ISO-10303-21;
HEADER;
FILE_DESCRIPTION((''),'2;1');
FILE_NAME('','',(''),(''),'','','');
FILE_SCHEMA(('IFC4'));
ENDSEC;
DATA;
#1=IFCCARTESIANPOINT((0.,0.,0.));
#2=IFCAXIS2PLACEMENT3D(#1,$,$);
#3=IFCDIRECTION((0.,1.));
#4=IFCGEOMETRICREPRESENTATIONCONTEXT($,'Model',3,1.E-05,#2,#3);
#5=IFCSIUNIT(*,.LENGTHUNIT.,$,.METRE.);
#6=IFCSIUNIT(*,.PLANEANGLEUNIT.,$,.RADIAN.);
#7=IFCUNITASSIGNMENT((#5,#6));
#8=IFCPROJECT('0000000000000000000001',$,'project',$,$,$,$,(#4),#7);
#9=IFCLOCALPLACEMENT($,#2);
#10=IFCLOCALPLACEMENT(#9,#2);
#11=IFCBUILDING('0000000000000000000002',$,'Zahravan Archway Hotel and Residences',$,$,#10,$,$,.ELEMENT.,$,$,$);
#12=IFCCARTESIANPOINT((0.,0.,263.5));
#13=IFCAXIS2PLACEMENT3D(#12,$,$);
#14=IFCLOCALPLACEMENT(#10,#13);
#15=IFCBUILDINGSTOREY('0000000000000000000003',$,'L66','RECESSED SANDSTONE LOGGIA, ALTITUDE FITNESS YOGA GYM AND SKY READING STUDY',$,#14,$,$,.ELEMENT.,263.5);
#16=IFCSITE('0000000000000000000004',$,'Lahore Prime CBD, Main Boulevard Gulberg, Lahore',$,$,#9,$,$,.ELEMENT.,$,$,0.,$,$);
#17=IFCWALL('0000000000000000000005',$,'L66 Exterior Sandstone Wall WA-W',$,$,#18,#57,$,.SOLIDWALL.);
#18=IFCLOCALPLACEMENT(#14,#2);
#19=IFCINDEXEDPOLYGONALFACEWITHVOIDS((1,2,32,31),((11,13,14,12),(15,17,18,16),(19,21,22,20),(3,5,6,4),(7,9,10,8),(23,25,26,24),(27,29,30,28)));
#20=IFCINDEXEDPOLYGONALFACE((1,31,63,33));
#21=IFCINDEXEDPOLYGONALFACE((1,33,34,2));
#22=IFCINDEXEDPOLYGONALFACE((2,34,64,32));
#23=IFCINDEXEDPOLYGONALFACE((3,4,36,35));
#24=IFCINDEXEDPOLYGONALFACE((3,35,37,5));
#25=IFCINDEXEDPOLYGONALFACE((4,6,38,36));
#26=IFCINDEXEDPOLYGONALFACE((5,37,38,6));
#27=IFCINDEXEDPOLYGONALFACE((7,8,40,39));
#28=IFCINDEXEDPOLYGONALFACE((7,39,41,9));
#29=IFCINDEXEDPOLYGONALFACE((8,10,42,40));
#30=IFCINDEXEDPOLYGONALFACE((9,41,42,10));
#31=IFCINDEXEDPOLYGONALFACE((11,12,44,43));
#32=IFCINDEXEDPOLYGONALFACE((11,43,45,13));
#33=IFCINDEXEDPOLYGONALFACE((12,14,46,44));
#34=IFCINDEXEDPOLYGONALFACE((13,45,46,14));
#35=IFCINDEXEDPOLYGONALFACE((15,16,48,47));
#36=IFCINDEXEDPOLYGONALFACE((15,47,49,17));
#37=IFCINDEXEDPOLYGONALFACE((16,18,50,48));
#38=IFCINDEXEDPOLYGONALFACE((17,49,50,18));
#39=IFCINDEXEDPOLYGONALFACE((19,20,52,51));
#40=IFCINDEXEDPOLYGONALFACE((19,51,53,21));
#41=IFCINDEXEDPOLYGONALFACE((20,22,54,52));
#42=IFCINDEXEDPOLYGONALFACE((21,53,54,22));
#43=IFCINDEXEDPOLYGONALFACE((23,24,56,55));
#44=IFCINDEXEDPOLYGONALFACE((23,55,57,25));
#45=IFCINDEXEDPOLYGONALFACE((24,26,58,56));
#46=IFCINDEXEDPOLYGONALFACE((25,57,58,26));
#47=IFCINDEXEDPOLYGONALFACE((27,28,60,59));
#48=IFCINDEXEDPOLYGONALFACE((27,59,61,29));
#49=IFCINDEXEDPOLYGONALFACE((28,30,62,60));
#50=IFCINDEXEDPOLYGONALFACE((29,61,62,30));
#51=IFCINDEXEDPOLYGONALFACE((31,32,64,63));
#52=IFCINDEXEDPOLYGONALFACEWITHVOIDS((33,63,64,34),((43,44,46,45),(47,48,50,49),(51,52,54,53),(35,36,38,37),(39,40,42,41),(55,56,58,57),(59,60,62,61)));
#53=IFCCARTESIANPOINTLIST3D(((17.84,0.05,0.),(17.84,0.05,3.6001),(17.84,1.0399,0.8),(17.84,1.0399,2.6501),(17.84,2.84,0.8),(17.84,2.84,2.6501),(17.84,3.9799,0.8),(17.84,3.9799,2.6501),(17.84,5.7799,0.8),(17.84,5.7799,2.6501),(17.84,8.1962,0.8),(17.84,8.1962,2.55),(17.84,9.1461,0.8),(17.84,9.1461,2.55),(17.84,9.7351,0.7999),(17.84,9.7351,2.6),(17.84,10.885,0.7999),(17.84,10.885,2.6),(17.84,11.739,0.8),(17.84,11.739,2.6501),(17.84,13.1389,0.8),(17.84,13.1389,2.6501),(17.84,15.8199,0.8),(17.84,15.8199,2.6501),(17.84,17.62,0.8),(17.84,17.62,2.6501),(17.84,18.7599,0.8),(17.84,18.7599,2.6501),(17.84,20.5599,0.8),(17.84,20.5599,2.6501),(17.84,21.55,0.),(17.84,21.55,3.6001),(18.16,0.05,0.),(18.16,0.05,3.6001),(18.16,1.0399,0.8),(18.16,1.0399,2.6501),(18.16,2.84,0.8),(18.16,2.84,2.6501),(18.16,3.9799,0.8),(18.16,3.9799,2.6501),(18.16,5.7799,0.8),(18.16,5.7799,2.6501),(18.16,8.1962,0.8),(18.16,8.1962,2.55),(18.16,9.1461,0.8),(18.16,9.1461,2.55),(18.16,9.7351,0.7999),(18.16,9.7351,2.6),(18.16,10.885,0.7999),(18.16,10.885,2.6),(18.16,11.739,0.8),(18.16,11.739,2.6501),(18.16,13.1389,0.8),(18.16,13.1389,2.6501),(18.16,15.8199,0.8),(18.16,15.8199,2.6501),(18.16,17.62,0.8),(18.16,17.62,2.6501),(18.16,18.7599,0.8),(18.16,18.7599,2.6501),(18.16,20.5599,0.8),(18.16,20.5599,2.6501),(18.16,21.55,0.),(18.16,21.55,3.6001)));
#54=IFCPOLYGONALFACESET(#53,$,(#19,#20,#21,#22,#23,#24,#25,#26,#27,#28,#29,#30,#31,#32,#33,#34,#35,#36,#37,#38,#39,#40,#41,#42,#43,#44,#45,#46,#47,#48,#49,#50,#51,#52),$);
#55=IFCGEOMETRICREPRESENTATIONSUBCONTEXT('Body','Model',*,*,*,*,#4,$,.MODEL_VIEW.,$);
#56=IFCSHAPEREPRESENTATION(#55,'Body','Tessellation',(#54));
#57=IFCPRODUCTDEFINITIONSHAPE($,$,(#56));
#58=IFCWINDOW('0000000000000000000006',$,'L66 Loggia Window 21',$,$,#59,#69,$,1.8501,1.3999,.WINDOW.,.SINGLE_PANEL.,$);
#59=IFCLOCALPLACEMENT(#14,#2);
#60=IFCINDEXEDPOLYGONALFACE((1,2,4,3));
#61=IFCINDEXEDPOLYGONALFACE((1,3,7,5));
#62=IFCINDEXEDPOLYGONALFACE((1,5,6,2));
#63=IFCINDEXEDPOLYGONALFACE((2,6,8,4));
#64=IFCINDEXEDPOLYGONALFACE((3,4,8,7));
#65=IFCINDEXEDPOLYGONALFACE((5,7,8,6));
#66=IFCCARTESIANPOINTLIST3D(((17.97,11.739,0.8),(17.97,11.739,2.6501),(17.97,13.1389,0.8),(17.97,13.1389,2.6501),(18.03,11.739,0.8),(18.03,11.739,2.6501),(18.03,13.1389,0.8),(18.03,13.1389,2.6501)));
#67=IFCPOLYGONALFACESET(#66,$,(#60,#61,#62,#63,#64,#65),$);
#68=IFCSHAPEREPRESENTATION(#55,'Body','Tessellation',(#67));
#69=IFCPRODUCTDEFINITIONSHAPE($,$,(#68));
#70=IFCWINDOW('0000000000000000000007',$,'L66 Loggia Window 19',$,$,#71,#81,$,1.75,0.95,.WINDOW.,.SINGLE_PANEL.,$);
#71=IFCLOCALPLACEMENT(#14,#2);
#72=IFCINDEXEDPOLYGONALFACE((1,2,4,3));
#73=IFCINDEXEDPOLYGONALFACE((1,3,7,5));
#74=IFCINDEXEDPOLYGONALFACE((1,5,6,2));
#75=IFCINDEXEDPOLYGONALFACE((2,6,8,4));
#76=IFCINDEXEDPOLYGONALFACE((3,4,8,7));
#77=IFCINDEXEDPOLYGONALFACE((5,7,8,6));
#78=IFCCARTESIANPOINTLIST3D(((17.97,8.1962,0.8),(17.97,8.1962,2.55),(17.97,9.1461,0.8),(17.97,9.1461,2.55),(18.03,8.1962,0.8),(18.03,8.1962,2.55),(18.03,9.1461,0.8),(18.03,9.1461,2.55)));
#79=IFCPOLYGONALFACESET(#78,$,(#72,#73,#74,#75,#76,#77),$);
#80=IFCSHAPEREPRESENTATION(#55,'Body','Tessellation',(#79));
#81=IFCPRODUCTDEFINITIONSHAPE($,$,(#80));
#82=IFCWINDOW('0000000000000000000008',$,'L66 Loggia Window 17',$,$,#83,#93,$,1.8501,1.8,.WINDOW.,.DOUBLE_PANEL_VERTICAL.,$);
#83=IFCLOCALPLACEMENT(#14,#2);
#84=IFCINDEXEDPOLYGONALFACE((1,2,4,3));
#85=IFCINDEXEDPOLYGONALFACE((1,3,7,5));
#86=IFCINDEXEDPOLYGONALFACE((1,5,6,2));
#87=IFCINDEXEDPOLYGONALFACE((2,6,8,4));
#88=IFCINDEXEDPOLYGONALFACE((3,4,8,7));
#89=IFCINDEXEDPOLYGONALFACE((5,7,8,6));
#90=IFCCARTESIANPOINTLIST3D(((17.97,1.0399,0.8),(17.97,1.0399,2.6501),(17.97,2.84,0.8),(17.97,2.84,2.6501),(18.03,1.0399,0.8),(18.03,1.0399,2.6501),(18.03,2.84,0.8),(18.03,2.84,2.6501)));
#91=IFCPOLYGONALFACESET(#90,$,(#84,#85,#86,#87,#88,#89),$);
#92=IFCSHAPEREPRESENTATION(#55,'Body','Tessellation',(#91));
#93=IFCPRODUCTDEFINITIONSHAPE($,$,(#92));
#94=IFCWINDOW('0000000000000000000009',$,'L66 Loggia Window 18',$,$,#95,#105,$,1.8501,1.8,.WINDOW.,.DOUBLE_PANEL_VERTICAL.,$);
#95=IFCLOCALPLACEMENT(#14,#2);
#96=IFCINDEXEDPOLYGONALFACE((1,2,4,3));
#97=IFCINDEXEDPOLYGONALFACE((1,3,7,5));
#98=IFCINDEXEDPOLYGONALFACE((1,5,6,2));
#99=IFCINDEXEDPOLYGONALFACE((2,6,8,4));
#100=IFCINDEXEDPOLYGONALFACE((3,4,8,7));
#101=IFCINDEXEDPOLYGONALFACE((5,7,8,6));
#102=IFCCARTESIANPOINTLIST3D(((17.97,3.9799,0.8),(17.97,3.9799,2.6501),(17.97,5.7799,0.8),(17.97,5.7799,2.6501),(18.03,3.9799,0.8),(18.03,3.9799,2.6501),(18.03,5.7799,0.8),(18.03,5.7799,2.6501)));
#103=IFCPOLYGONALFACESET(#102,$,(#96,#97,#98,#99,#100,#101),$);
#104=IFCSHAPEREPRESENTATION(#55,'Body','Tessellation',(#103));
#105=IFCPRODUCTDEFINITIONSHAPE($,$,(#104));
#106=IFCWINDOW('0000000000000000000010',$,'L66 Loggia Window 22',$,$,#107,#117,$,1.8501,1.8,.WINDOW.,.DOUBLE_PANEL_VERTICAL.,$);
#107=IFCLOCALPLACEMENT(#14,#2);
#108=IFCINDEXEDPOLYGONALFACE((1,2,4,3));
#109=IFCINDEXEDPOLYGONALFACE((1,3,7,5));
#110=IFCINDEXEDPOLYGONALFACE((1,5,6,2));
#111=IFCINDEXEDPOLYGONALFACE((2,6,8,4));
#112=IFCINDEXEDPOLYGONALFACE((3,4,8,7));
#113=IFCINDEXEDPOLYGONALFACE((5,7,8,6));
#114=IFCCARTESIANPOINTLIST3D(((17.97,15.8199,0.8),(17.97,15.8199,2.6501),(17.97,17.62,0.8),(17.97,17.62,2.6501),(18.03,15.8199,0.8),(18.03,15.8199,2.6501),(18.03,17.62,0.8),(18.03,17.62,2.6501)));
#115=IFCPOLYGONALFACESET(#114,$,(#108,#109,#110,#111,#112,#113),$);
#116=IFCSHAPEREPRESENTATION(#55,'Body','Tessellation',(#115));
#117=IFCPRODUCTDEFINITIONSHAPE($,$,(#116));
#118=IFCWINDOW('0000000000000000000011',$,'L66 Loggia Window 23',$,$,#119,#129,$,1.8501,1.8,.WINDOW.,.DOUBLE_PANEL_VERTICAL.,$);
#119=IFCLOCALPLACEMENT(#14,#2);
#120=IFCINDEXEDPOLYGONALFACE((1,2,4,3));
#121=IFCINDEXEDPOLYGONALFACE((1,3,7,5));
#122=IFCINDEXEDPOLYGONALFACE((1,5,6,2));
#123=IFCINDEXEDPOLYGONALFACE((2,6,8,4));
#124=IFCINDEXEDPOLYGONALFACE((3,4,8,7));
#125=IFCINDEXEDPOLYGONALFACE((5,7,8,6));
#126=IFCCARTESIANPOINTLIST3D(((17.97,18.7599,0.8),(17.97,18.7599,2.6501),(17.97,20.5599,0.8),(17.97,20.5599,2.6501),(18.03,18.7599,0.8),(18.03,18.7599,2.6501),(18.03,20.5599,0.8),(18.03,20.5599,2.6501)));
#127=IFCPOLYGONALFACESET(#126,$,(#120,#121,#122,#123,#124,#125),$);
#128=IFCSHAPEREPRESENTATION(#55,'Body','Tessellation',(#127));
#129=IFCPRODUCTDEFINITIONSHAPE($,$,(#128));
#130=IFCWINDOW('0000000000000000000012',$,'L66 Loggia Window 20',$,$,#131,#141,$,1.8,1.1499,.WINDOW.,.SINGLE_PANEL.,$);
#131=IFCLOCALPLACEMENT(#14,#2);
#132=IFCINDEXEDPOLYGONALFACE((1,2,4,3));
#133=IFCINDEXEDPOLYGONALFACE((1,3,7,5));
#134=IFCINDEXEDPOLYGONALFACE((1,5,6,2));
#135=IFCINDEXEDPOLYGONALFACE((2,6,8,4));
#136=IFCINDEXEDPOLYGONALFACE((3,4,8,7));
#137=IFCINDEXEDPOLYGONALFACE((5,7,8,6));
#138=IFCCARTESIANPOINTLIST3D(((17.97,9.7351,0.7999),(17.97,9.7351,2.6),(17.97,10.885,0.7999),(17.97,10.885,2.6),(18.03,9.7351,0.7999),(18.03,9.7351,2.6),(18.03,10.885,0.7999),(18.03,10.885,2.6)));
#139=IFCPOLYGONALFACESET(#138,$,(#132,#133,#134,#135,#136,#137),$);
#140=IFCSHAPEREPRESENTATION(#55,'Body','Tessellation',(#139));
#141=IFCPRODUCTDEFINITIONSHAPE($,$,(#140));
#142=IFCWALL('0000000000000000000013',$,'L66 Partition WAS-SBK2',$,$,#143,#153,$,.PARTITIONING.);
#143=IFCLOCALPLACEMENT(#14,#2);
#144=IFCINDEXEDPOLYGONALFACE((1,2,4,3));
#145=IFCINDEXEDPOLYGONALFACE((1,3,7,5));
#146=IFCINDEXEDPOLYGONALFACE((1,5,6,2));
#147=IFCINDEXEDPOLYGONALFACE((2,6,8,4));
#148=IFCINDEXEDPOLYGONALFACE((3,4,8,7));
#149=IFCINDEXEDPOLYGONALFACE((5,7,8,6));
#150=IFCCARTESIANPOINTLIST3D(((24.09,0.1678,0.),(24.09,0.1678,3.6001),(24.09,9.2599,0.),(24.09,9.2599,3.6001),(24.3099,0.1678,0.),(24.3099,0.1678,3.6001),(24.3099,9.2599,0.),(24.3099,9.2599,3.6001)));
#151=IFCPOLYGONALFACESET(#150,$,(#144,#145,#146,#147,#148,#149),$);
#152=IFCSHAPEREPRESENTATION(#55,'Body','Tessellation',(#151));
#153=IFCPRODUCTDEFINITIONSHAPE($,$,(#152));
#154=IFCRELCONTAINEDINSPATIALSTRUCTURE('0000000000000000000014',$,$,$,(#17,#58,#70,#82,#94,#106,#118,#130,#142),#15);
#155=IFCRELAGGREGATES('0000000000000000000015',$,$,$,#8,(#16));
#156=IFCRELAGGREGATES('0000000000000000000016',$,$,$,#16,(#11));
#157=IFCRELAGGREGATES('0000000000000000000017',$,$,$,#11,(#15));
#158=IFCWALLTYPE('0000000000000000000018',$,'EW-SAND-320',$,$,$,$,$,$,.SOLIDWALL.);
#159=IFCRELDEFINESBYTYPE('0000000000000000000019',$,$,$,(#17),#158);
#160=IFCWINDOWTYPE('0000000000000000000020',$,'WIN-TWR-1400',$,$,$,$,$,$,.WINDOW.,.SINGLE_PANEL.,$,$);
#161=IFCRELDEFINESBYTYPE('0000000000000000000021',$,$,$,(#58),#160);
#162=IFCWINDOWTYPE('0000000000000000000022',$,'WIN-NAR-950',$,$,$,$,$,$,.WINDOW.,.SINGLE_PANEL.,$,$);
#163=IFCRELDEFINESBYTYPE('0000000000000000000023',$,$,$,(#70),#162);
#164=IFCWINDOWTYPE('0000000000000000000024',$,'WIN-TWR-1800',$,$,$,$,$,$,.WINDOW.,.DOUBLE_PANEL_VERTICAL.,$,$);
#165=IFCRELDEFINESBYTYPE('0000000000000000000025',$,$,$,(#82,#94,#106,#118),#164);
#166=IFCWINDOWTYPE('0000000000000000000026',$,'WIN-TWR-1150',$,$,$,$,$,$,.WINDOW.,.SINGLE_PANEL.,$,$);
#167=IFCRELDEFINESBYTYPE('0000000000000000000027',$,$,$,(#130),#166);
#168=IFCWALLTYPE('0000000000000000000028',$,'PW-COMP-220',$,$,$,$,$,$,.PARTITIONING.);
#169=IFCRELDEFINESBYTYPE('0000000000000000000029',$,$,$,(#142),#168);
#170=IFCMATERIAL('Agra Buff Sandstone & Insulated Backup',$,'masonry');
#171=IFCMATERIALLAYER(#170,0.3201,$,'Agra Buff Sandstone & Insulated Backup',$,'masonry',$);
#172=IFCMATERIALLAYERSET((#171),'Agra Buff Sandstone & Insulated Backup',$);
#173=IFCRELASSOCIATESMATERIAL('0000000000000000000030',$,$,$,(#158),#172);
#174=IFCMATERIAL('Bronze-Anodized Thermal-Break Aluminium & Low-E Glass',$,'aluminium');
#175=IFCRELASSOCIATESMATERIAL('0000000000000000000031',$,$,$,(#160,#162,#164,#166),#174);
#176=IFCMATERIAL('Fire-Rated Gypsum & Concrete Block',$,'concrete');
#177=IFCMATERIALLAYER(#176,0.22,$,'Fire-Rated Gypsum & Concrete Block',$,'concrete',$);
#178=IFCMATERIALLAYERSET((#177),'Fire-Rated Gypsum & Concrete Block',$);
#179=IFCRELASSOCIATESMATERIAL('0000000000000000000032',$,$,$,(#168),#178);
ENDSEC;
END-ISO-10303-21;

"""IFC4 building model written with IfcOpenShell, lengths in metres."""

from ifc_helpers import new_model, si_unit, direction, frame, frame_2d, origin, place, context, subcontext, project, spatial, rectangle, extrude, source, transform, mapped, material, layer, layer_set, type_object, type_shapes, element, fill, save


model = new_model("IFC4")

# Units and contexts
model_context = context("Model", 3, precision=1e-05, world=origin(), true_north=direction((0.0, 1.0)))
body_context = subcontext(model_context, "Body", "Model", "MODEL_VIEW")
ifc_project = project(units=[si_unit("LENGTHUNIT", "METRE"), si_unit("PLANEANGLEUNIT", "RADIAN")], contexts=[model_context])

# Site, building, storey
site_placement = place(None, origin())
site = spatial("IfcSite", under=ifc_project, at=site_placement, Name="Lahore Prime CBD, Main Boulevard Gulberg, Lahore", CompositionType="ELEMENT", RefElevation=0.0)
building_placement = place(site_placement, origin())
building = spatial("IfcBuilding", under=site, at=building_placement, Name="Zahravan Archway Hotel and Residences", CompositionType="ELEMENT")
storey_placement = place(building_placement, frame((0.0, 0.0, 263.5)))
storey = spatial("IfcBuildingStorey", under=building, at=storey_placement, Name="L66", Description="RECESSED SANDSTONE LOGGIA, ALTITUDE FITNESS YOGA GYM AND SKY READING STUDY", CompositionType="ELEMENT", Elevation=263.5)

# Wall, openings, windows
ifc_material_1 = material(Name="Agra Buff Sandstone & Insulated Backup", Category="masonry")
ifc_layer_1 = layer(ifc_material_1, 0.3201, Name="Agra Buff Sandstone & Insulated Backup", Category="masonry")
ifc_layer_set_1 = layer_set([ifc_layer_1], Name="Agra Buff Sandstone & Insulated Backup")
wall_type_1 = type_object("IfcWallType", Name="EW-SAND-320", PredefinedType="SOLIDWALL", material=ifc_layer_set_1)
wall_1_placement = place(storey_placement, frame((18.0, 0.05, 0.0), z_axis=(0.0, 0.0, 1.0), x_axis=(0.0, 1.0, 0.0)))
wall_1 = element("IfcWall", 1, at=wall_1_placement, inside=storey, type_object=wall_type_1, Name="L66 Exterior Sandstone Wall WA-W", PredefinedType="SOLIDWALL", context=body_context, shape_type="SweptSolid", body=[
    extrude(rectangle(XDim=21.5, YDim=0.3201, at=frame_2d((10.75, 0.0))), origin(), (0.0, 0.0, 1.0), 3.6001),
])
opening_1_placement = place(wall_1_placement, frame((0.99, 0.0, 0.8)))
opening_1 = element("IfcOpeningElement", 2, at=opening_1_placement, cuts=wall_1, PredefinedType="OPENING", context=body_context, shape_type="SweptSolid", body=[
    extrude(rectangle(XDim=1.8, YDim=1.8501, at=frame_2d((0.8999, 0.925))), frame((0.0, 0.1699, 0.0), z_axis=(0.0, -1.0, 0.0), x_axis=(1.0, 0.0, 0.0)), (0.0, 0.0, 1.0), 0.3401),
])
opening_2_placement = place(wall_1_placement, frame((3.9299, 0.0, 0.8)))
opening_2 = element("IfcOpeningElement", 3, at=opening_2_placement, cuts=wall_1, PredefinedType="OPENING", context=body_context, shape_type="SweptSolid", body=[
    extrude(rectangle(XDim=1.8, YDim=1.8501, at=frame_2d((0.8999, 0.925))), frame((0.0, 0.1699, 0.0), z_axis=(0.0, -1.0, 0.0), x_axis=(1.0, 0.0, 0.0)), (0.0, 0.0, 1.0), 0.3401),
])
opening_3_placement = place(wall_1_placement, frame((8.146, 0.0, 0.8)))
opening_3 = element("IfcOpeningElement", 4, at=opening_3_placement, cuts=wall_1, PredefinedType="OPENING", context=body_context, shape_type="SweptSolid", body=[
    extrude(rectangle(XDim=0.95, YDim=1.75, at=frame_2d((0.4751, 0.875))), frame((0.0, 0.1699, 0.0), z_axis=(0.0, -1.0, 0.0), x_axis=(1.0, 0.0, 0.0)), (0.0, 0.0, 1.0), 0.3401),
])
opening_4_placement = place(wall_1_placement, frame((9.6851, 0.0, 0.8)))
opening_4 = element("IfcOpeningElement", 5, at=opening_4_placement, cuts=wall_1, PredefinedType="OPENING", context=body_context, shape_type="SweptSolid", body=[
    extrude(rectangle(XDim=1.1499, YDim=1.8, at=frame_2d((0.575, 0.8999))), frame((0.0, 0.1699, 0.0), z_axis=(0.0, -1.0, 0.0), x_axis=(1.0, 0.0, 0.0)), (0.0, 0.0, 1.0), 0.3401),
])
opening_5_placement = place(wall_1_placement, frame((11.689, 0.0, 0.8)))
opening_5 = element("IfcOpeningElement", 6, at=opening_5_placement, cuts=wall_1, PredefinedType="OPENING", context=body_context, shape_type="SweptSolid", body=[
    extrude(rectangle(XDim=1.3999, YDim=1.8501, at=frame_2d((0.7, 0.925))), frame((0.0, 0.1699, 0.0), z_axis=(0.0, -1.0, 0.0), x_axis=(1.0, 0.0, 0.0)), (0.0, 0.0, 1.0), 0.3401),
])
opening_6_placement = place(wall_1_placement, frame((15.77, 0.0, 0.8)))
opening_6 = element("IfcOpeningElement", 7, at=opening_6_placement, cuts=wall_1, PredefinedType="OPENING", context=body_context, shape_type="SweptSolid", body=[
    extrude(rectangle(XDim=1.8, YDim=1.8501, at=frame_2d((0.8999, 0.925))), frame((0.0, 0.1699, 0.0), z_axis=(0.0, -1.0, 0.0), x_axis=(1.0, 0.0, 0.0)), (0.0, 0.0, 1.0), 0.3401),
])
opening_7_placement = place(wall_1_placement, frame((18.71, 0.0, 0.8)))
opening_7 = element("IfcOpeningElement", 8, at=opening_7_placement, cuts=wall_1, PredefinedType="OPENING", context=body_context, shape_type="SweptSolid", body=[
    extrude(rectangle(XDim=1.8, YDim=1.8501, at=frame_2d((0.8999, 0.925))), frame((0.0, 0.1699, 0.0), z_axis=(0.0, -1.0, 0.0), x_axis=(1.0, 0.0, 0.0)), (0.0, 0.0, 1.0), 0.3401),
])
ifc_material_2 = material(Name="Bronze-Anodized Thermal-Break Aluminium & Low-E Glass", Category="aluminium")
window_type_1 = type_object("IfcWindowType", Name="WIN-TWR-1400", PartitioningType="SINGLE_PANEL", PredefinedType="WINDOW", material=ifc_material_2)
shared_shape_1 = source(origin(), body_context, "Body", "SweptSolid", [
    extrude(rectangle(XDim=1.3999, YDim=1.8501, at=frame_2d((0.7, 0.925))), frame((0.0, 0.03, 0.0), z_axis=(0.0, -1.0, 0.0), x_axis=(1.0, 0.0, 0.0)), (0.0, 0.0, 1.0), 0.0601),
])
type_shapes(window_type_1, [shared_shape_1])
window_1_placement = place(opening_5_placement, origin())
window_1 = element("IfcWindow", 9, at=window_1_placement, inside=storey, type_object=window_type_1, Name="L66 Loggia Window 21", OverallHeight=1.8501, OverallWidth=1.3999, PartitioningType="SINGLE_PANEL", PredefinedType="WINDOW", context=body_context, shape_type="MappedRepresentation", body=[
    mapped(shared_shape_1, transform((0.0, 0.0, 0.0), scale=1.0)),
])
fill(opening_5, window_1)
window_type_2 = type_object("IfcWindowType", Name="WIN-NAR-950", PartitioningType="SINGLE_PANEL", PredefinedType="WINDOW", material=ifc_material_2)
shared_shape_2 = source(origin(), body_context, "Body", "SweptSolid", [
    extrude(rectangle(XDim=0.95, YDim=1.75, at=frame_2d((0.4751, 0.875))), frame((0.0, 0.03, 0.0), z_axis=(0.0, -1.0, 0.0), x_axis=(1.0, 0.0, 0.0)), (0.0, 0.0, 1.0), 0.0601),
])
type_shapes(window_type_2, [shared_shape_2])
window_2_placement = place(opening_3_placement, origin())
window_2 = element("IfcWindow", 10, at=window_2_placement, inside=storey, type_object=window_type_2, Name="L66 Loggia Window 19", OverallHeight=1.75, OverallWidth=0.95, PartitioningType="SINGLE_PANEL", PredefinedType="WINDOW", context=body_context, shape_type="MappedRepresentation", body=[
    mapped(shared_shape_2, transform((0.0, 0.0, 0.0), scale=1.0)),
])
fill(opening_3, window_2)
window_type_3 = type_object("IfcWindowType", Name="WIN-TWR-1800", PartitioningType="DOUBLE_PANEL_VERTICAL", PredefinedType="WINDOW", material=ifc_material_2)
shared_shape_3 = source(origin(), body_context, "Body", "SweptSolid", [
    extrude(rectangle(XDim=1.8, YDim=1.8501, at=frame_2d((0.8999, 0.925))), frame((0.0, 0.03, 0.0), z_axis=(0.0, -1.0, 0.0), x_axis=(1.0, 0.0, 0.0)), (0.0, 0.0, 1.0), 0.0601),
])
type_shapes(window_type_3, [shared_shape_3])
window_3_placement = place(opening_1_placement, origin())
window_3 = element("IfcWindow", 11, at=window_3_placement, inside=storey, type_object=window_type_3, Name="L66 Loggia Window 17", OverallHeight=1.8501, OverallWidth=1.8, PartitioningType="DOUBLE_PANEL_VERTICAL", PredefinedType="WINDOW", context=body_context, shape_type="MappedRepresentation", body=[
    mapped(shared_shape_3, transform((0.0, 0.0, 0.0), scale=1.0)),
])
fill(opening_1, window_3)
window_4_placement = place(opening_2_placement, origin())
window_4 = element("IfcWindow", 12, at=window_4_placement, inside=storey, type_object=window_type_3, Name="L66 Loggia Window 18", OverallHeight=1.8501, OverallWidth=1.8, PartitioningType="DOUBLE_PANEL_VERTICAL", PredefinedType="WINDOW", context=body_context, shape_type="MappedRepresentation", body=[
    mapped(shared_shape_3, transform((0.0, 0.0, 0.0), scale=1.0)),
])
fill(opening_2, window_4)
window_5_placement = place(opening_6_placement, origin())
window_5 = element("IfcWindow", 13, at=window_5_placement, inside=storey, type_object=window_type_3, Name="L66 Loggia Window 22", OverallHeight=1.8501, OverallWidth=1.8, PartitioningType="DOUBLE_PANEL_VERTICAL", PredefinedType="WINDOW", context=body_context, shape_type="MappedRepresentation", body=[
    mapped(shared_shape_3, transform((0.0, 0.0, 0.0), scale=1.0)),
])
fill(opening_6, window_5)
window_6_placement = place(opening_7_placement, origin())
window_6 = element("IfcWindow", 14, at=window_6_placement, inside=storey, type_object=window_type_3, Name="L66 Loggia Window 23", OverallHeight=1.8501, OverallWidth=1.8, PartitioningType="DOUBLE_PANEL_VERTICAL", PredefinedType="WINDOW", context=body_context, shape_type="MappedRepresentation", body=[
    mapped(shared_shape_3, transform((0.0, 0.0, 0.0), scale=1.0)),
])
fill(opening_7, window_6)
window_type_4 = type_object("IfcWindowType", Name="WIN-TWR-1150", PartitioningType="SINGLE_PANEL", PredefinedType="WINDOW", material=ifc_material_2)
shared_shape_4 = source(origin(), body_context, "Body", "SweptSolid", [
    extrude(rectangle(XDim=1.1499, YDim=1.8, at=frame_2d((0.575, 0.8999))), frame((0.0, 0.03, 0.0), z_axis=(0.0, -1.0, 0.0), x_axis=(1.0, 0.0, 0.0)), (0.0, 0.0, 1.0), 0.0601),
])
type_shapes(window_type_4, [shared_shape_4])
window_7_placement = place(opening_4_placement, origin())
window_7 = element("IfcWindow", 15, at=window_7_placement, inside=storey, type_object=window_type_4, Name="L66 Loggia Window 20", OverallHeight=1.8, OverallWidth=1.1499, PartitioningType="SINGLE_PANEL", PredefinedType="WINDOW", context=body_context, shape_type="MappedRepresentation", body=[
    mapped(shared_shape_4, transform((0.0, 0.0, 0.0), scale=1.0)),
])
fill(opening_4, window_7)

# Wall
ifc_material_3 = material(Name="Fire-Rated Gypsum & Concrete Block", Category="concrete")
ifc_layer_2 = layer(ifc_material_3, 0.22, Name="Fire-Rated Gypsum & Concrete Block", Category="concrete")
ifc_layer_set_2 = layer_set([ifc_layer_2], Name="Fire-Rated Gypsum & Concrete Block")
wall_type_2 = type_object("IfcWallType", Name="PW-COMP-220", PredefinedType="PARTITIONING", material=ifc_layer_set_2)
wall_2_placement = place(storey_placement, frame((24.2, 0.168, 0.0), z_axis=(0.0, 0.0, 1.0), x_axis=(0.0, 1.0, 0.0)))
element("IfcWall", 16, at=wall_2_placement, inside=storey, type_object=wall_type_2, Name="L66 Partition WAS-SBK2", PredefinedType="PARTITIONING", context=body_context, shape_type="SweptSolid", body=[
    extrude(rectangle(XDim=9.092, YDim=0.22, at=frame_2d((4.5459, 0.0))), origin(), (0.0, 0.0, 1.0), 3.6001),
])

save(model, "model.ifc")
